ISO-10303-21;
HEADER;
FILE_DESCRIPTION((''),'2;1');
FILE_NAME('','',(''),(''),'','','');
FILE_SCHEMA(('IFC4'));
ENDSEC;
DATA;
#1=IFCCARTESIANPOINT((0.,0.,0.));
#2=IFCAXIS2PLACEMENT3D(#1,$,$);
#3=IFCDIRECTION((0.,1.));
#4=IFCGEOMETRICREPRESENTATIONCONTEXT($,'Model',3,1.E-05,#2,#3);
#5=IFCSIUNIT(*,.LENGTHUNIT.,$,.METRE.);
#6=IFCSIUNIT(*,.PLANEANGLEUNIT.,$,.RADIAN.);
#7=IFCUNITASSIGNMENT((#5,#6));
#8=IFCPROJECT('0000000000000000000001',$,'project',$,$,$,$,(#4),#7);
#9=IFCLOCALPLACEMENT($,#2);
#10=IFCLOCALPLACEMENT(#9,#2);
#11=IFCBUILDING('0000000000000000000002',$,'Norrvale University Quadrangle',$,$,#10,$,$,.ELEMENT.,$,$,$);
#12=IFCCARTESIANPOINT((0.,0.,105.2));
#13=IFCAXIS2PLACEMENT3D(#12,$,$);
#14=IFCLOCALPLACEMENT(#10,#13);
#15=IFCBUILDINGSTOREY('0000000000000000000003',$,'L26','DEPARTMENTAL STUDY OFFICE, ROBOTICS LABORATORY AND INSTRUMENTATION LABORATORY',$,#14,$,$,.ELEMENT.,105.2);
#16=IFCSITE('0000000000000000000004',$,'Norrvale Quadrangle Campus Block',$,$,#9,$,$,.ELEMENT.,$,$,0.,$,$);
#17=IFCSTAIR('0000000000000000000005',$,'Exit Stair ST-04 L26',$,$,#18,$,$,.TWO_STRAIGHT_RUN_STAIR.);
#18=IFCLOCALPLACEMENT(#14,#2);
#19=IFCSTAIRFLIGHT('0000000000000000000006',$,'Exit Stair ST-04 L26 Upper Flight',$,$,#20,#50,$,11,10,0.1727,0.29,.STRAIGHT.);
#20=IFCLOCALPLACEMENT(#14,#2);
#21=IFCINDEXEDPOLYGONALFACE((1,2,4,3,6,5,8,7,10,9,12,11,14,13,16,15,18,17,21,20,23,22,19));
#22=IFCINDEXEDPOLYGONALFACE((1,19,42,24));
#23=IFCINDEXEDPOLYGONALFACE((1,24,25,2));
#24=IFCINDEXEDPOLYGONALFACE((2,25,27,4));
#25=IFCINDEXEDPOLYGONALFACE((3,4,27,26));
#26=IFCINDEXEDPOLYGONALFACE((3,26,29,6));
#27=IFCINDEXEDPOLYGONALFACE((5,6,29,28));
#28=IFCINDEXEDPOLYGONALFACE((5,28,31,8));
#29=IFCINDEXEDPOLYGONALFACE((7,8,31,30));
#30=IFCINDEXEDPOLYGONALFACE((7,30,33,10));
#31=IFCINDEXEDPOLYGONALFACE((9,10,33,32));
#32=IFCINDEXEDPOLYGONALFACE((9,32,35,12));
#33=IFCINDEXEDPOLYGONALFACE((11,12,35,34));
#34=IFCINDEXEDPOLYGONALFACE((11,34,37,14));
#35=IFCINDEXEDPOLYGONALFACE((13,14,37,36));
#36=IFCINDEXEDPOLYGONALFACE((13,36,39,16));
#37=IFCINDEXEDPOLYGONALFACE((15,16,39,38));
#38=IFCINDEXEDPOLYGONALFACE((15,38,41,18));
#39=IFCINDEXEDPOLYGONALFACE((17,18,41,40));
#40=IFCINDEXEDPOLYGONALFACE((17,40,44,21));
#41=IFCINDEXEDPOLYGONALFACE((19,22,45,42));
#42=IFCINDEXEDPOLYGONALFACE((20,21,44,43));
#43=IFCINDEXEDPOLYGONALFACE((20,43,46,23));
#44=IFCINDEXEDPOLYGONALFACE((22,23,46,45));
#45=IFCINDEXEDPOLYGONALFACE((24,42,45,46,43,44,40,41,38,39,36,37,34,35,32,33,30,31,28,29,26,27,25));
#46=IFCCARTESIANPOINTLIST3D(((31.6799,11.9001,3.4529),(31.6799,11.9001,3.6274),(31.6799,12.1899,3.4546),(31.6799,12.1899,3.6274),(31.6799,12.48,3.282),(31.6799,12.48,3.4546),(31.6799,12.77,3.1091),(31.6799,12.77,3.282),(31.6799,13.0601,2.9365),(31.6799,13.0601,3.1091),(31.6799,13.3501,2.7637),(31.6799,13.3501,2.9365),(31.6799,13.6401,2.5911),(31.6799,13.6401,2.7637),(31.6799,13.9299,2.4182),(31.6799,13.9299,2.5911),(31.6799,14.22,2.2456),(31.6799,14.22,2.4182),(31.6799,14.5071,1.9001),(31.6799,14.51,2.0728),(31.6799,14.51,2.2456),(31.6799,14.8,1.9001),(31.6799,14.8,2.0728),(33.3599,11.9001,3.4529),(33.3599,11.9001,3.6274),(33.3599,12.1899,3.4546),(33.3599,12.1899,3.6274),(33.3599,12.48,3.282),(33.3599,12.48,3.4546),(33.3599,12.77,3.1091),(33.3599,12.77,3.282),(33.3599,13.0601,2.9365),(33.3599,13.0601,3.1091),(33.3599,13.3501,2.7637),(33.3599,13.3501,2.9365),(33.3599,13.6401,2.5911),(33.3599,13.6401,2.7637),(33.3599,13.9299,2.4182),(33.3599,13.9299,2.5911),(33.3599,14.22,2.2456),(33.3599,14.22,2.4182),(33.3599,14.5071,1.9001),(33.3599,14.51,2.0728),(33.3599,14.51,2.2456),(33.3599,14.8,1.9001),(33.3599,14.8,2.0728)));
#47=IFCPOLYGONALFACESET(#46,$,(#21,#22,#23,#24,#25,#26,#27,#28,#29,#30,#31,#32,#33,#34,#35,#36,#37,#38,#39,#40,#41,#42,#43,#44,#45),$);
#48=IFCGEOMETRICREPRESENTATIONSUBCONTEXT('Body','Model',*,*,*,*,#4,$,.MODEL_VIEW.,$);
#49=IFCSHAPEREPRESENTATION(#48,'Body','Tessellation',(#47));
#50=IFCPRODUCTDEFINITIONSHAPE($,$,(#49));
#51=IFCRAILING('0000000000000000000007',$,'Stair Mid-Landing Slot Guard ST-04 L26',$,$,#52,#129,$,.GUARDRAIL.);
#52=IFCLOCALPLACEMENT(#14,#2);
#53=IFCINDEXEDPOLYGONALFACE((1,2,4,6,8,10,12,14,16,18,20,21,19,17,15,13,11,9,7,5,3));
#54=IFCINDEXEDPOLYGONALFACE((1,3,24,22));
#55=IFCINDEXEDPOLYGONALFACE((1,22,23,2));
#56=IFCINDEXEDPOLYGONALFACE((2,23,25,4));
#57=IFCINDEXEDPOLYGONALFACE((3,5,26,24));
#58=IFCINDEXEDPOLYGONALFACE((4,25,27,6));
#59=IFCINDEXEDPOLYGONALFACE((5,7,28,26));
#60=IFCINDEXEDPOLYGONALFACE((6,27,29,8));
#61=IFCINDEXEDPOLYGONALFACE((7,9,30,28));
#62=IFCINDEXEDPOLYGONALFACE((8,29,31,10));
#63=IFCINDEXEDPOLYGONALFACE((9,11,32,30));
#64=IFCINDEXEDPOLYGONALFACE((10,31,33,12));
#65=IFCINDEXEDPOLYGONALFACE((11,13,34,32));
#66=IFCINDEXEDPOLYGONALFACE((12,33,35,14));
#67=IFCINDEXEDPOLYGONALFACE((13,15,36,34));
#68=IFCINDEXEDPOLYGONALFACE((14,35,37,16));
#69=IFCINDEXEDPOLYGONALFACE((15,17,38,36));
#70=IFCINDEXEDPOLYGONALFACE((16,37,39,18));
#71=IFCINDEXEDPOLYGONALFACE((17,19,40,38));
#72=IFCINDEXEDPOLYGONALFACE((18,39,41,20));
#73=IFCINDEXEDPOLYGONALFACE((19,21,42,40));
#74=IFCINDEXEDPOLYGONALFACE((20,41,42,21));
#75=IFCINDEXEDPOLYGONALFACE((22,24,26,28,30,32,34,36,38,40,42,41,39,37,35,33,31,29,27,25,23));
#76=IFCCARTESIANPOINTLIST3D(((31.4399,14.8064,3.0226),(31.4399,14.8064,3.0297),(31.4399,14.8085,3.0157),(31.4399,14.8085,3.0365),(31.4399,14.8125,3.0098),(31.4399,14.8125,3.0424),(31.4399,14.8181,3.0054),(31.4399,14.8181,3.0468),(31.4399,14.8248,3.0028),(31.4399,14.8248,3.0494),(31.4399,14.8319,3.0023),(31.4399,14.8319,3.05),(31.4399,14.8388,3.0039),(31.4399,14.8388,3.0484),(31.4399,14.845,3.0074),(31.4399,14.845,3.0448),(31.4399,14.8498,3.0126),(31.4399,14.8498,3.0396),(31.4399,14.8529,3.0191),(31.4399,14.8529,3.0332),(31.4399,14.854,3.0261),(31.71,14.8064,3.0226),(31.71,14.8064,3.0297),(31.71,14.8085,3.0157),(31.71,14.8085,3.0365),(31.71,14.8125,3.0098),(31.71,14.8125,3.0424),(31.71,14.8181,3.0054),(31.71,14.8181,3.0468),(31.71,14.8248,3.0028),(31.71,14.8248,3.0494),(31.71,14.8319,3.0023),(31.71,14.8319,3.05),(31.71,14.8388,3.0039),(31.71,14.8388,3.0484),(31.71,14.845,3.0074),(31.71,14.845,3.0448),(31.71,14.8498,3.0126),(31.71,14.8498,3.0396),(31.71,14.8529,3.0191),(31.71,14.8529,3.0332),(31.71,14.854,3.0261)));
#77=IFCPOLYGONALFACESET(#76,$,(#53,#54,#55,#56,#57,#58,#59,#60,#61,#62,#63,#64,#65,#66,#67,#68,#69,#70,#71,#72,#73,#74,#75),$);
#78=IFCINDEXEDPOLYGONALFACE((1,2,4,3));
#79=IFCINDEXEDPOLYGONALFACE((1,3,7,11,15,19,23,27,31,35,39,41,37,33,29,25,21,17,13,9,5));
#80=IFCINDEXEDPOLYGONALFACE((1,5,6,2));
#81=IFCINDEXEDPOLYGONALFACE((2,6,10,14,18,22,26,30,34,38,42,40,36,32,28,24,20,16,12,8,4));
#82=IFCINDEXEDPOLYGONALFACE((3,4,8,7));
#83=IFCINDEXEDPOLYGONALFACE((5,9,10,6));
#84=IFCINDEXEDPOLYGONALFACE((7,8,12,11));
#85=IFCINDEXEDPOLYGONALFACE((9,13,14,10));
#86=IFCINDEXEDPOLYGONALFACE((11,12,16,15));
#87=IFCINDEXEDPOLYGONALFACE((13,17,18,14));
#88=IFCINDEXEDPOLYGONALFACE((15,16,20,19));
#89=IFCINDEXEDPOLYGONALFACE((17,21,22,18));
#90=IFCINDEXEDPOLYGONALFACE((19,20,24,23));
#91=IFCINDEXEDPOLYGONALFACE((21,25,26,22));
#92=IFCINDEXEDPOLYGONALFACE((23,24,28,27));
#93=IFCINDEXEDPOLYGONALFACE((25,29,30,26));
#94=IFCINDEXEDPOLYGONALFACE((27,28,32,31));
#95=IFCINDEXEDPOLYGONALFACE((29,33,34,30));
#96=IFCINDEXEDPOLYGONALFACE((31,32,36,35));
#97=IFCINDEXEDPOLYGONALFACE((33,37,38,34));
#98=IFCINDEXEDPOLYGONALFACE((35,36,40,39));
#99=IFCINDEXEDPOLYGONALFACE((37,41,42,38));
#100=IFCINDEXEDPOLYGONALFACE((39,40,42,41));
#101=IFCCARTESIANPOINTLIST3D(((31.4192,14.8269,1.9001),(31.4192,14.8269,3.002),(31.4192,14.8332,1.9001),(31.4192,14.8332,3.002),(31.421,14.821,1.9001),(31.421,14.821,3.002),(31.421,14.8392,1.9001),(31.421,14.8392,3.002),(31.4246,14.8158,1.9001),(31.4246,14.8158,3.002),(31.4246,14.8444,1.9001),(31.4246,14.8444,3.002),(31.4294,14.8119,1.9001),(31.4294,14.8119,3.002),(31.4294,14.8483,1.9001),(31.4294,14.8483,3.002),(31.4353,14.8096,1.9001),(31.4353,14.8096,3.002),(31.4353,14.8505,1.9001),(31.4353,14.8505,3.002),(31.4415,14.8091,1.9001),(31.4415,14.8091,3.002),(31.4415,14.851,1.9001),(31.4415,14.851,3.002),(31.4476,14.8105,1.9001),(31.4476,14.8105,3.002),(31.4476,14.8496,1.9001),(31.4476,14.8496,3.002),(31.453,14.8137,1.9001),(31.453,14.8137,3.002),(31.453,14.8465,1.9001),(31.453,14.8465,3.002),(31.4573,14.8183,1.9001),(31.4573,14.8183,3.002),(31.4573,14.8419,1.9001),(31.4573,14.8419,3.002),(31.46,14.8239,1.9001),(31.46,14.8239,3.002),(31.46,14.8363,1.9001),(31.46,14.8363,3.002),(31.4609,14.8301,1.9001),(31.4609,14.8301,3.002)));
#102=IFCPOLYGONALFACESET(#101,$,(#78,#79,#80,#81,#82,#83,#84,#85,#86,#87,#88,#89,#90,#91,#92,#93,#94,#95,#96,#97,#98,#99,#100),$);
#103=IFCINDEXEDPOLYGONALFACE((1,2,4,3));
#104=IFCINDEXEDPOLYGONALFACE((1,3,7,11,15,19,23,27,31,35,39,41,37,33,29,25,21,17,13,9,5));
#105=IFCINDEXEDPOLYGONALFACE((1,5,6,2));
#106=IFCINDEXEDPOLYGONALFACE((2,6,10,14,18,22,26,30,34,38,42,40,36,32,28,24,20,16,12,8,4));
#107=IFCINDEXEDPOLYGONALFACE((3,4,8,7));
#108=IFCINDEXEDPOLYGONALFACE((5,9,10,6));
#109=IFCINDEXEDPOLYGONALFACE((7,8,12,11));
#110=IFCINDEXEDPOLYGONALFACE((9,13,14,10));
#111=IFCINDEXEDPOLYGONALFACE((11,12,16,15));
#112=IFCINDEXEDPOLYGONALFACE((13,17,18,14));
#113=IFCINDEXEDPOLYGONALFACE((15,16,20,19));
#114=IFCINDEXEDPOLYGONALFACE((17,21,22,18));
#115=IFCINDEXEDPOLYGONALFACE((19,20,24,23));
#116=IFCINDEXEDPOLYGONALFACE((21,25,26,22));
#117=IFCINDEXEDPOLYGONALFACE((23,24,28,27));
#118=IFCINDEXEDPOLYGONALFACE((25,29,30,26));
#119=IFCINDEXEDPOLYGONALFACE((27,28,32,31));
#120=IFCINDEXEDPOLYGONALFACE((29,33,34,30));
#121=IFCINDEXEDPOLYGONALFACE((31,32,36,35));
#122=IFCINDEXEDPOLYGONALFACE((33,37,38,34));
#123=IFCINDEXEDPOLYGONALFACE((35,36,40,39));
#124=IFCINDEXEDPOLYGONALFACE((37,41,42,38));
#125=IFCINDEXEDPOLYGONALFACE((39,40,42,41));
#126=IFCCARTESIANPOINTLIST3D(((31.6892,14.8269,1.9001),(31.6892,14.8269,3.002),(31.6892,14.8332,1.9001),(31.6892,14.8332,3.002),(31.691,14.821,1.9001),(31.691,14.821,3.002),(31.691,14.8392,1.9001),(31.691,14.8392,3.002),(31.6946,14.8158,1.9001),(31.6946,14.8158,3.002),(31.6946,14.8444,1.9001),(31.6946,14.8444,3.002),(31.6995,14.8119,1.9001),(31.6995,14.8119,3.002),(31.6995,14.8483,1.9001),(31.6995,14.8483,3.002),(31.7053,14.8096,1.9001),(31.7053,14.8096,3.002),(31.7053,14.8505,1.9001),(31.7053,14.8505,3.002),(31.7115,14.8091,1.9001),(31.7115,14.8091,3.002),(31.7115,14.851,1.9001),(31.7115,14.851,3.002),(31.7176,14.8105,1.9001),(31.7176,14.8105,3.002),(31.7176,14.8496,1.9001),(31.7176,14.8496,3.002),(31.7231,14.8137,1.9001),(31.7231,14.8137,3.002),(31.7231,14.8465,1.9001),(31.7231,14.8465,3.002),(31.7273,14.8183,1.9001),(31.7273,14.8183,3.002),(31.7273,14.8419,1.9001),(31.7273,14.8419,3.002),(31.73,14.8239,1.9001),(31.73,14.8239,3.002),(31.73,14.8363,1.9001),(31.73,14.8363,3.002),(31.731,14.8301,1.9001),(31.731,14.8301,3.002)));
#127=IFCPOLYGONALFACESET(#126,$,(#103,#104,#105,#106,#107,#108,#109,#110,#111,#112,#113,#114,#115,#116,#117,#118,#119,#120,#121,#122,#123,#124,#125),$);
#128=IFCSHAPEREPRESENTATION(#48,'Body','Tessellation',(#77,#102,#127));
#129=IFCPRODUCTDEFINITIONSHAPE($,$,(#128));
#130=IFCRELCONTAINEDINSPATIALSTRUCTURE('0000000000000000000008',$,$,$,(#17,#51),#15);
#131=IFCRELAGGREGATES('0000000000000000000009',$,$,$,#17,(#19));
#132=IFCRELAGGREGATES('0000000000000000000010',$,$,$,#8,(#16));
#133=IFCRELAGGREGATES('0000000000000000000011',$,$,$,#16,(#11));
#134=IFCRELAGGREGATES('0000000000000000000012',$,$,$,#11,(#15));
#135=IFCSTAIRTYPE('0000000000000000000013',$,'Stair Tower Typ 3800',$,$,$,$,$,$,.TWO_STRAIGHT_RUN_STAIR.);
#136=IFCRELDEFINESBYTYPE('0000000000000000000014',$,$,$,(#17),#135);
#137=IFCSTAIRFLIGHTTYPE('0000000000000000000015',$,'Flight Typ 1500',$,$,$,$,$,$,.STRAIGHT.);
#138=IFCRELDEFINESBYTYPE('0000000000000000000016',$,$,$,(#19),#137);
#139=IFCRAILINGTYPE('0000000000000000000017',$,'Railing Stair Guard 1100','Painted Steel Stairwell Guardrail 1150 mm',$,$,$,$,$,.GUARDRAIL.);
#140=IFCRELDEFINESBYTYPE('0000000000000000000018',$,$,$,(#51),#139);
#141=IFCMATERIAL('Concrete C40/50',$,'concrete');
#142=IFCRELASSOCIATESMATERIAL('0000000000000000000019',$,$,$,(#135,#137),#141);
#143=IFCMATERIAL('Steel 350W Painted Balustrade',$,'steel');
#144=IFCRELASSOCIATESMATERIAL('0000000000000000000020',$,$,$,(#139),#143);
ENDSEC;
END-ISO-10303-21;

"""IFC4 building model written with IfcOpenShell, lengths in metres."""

from ifc_helpers import new_model, si_unit, direction, frame, origin, origin_2d, place, context, subcontext, project, spatial, polyline, circle, outline, extrude, material, type_object, element, aggregate, save


model = new_model("IFC4")

# Units and contexts
model_context = context("Model", 3, precision=1e-05, world=origin(), true_north=direction((0.0, 1.0)))
body_context = subcontext(model_context, "Body", "Model", "MODEL_VIEW")
ifc_project = project(units=[si_unit("LENGTHUNIT", "METRE"), si_unit("PLANEANGLEUNIT", "RADIAN")], contexts=[model_context])

# Site, building, storey
site_placement = place(None, origin())
site = spatial("IfcSite", under=ifc_project, at=site_placement, Name="Norrvale Quadrangle Campus Block", CompositionType="ELEMENT", RefElevation=0.0)
building_placement = place(site_placement, origin())
building = spatial("IfcBuilding", under=site, at=building_placement, Name="Norrvale University Quadrangle", CompositionType="ELEMENT")
storey_placement = place(building_placement, frame((0.0, 0.0, 105.2)))
storey = spatial("IfcBuildingStorey", under=building, at=storey_placement, Name="L26", Description="DEPARTMENTAL STUDY OFFICE, ROBOTICS LABORATORY AND INSTRUMENTATION LABORATORY", CompositionType="ELEMENT", Elevation=105.2)

# Stair, stair flight
ifc_material_1 = material(Name="Concrete C40/50", Category="concrete")
stair_type = type_object("IfcStairType", Name="Stair Tower Typ 3800", PredefinedType="TWO_STRAIGHT_RUN_STAIR", material=ifc_material_1)
stair_placement = place(storey_placement, origin())
stair = element("IfcStair", 1, at=stair_placement, inside=storey, type_object=stair_type, Name="Exit Stair ST-04 L26", PredefinedType="TWO_STRAIGHT_RUN_STAIR")
stair_flight_type = type_object("IfcStairFlightType", Name="Flight Typ 1500", PredefinedType="STRAIGHT", material=ifc_material_1)
stair_flight_placement = place(storey_placement, frame((32.52, 14.8, 1.9001), z_axis=(0.0, 0.0, 1.0), x_axis=(0.0, -1.0, 0.0)))
stair_flight = element("IfcStairFlight", 2, at=stair_flight_placement, type_object=stair_flight_type, Name="Exit Stair ST-04 L26 Upper Flight", NumberOfRisers=11, NumberOfTreads=10, PredefinedType="STRAIGHT", RiserHeight=0.1727, TreadLength=0.29, context=body_context, shape_type="SweptSolid", body=[
    extrude(outline(polyline([(0.0, 0.0), (0.0, 0.1726), (0.29, 0.1726), (0.29, 0.3455), (0.5801, 0.3455), (0.5801, 0.5181), (0.8701, 0.5181), (0.8701, 0.6909), (1.1599, 0.6909), (1.1599, 0.8635), (1.45, 0.8635), (1.45, 1.0364), (1.74, 1.0364), (1.74, 1.209), (2.03, 1.209), (2.03, 1.3818), (2.3201, 1.3818), (2.3201, 1.5544), (2.6101, 1.5544), (2.6101, 1.7273), (2.8999, 1.7273), (2.8999, 1.8999), (2.8999, 1.5527), (0.293, 0.0), (0.0, 0.0)])), frame((0.0, 0.8398, 0.0), z_axis=(0.0, -1.0, 0.0), x_axis=(1.0, 0.0, 0.0)), (0.0, 0.0, 1.0), 1.6799),
])
aggregate(stair, [stair_flight])

# Railing
ifc_material_2 = material(Name="Steel 350W Painted Balustrade", Category="steel")
railing_type_1 = type_object("IfcRailingType", Name="Railing Stair Guard 1100", Description="Painted Steel Stairwell Guardrail 1150 mm", PredefinedType="GUARDRAIL", material=ifc_material_2)
railing_1_placement = place(storey_placement, frame((31.4399, 14.8301, 1.9001)))
element("IfcRailing", 3, at=railing_1_placement, inside=storey, type_object=railing_type_1, Name="Stair Mid-Landing Slot Guard ST-04 L26", PredefinedType="GUARDRAIL", context=body_context, shape_type="SweptSolid", body=[
    extrude(circle(Radius=0.0239, at=origin_2d()), frame((0.0, 0.0, 1.126), z_axis=(1.0, 0.0, 0.0), x_axis=(0.0, 1.0, 0.0)), (0.0, 0.0, 1.0), 0.27),
    extrude(circle(Radius=0.021, at=origin_2d()), origin(), (0.0, 0.0, 1.0), 1.1018),
    extrude(circle(Radius=0.021, at=origin_2d()), frame((0.27, 0.0, 0.0)), (0.0, 0.0, 1.0), 1.1018),
])

save(model, "model.ifc")
